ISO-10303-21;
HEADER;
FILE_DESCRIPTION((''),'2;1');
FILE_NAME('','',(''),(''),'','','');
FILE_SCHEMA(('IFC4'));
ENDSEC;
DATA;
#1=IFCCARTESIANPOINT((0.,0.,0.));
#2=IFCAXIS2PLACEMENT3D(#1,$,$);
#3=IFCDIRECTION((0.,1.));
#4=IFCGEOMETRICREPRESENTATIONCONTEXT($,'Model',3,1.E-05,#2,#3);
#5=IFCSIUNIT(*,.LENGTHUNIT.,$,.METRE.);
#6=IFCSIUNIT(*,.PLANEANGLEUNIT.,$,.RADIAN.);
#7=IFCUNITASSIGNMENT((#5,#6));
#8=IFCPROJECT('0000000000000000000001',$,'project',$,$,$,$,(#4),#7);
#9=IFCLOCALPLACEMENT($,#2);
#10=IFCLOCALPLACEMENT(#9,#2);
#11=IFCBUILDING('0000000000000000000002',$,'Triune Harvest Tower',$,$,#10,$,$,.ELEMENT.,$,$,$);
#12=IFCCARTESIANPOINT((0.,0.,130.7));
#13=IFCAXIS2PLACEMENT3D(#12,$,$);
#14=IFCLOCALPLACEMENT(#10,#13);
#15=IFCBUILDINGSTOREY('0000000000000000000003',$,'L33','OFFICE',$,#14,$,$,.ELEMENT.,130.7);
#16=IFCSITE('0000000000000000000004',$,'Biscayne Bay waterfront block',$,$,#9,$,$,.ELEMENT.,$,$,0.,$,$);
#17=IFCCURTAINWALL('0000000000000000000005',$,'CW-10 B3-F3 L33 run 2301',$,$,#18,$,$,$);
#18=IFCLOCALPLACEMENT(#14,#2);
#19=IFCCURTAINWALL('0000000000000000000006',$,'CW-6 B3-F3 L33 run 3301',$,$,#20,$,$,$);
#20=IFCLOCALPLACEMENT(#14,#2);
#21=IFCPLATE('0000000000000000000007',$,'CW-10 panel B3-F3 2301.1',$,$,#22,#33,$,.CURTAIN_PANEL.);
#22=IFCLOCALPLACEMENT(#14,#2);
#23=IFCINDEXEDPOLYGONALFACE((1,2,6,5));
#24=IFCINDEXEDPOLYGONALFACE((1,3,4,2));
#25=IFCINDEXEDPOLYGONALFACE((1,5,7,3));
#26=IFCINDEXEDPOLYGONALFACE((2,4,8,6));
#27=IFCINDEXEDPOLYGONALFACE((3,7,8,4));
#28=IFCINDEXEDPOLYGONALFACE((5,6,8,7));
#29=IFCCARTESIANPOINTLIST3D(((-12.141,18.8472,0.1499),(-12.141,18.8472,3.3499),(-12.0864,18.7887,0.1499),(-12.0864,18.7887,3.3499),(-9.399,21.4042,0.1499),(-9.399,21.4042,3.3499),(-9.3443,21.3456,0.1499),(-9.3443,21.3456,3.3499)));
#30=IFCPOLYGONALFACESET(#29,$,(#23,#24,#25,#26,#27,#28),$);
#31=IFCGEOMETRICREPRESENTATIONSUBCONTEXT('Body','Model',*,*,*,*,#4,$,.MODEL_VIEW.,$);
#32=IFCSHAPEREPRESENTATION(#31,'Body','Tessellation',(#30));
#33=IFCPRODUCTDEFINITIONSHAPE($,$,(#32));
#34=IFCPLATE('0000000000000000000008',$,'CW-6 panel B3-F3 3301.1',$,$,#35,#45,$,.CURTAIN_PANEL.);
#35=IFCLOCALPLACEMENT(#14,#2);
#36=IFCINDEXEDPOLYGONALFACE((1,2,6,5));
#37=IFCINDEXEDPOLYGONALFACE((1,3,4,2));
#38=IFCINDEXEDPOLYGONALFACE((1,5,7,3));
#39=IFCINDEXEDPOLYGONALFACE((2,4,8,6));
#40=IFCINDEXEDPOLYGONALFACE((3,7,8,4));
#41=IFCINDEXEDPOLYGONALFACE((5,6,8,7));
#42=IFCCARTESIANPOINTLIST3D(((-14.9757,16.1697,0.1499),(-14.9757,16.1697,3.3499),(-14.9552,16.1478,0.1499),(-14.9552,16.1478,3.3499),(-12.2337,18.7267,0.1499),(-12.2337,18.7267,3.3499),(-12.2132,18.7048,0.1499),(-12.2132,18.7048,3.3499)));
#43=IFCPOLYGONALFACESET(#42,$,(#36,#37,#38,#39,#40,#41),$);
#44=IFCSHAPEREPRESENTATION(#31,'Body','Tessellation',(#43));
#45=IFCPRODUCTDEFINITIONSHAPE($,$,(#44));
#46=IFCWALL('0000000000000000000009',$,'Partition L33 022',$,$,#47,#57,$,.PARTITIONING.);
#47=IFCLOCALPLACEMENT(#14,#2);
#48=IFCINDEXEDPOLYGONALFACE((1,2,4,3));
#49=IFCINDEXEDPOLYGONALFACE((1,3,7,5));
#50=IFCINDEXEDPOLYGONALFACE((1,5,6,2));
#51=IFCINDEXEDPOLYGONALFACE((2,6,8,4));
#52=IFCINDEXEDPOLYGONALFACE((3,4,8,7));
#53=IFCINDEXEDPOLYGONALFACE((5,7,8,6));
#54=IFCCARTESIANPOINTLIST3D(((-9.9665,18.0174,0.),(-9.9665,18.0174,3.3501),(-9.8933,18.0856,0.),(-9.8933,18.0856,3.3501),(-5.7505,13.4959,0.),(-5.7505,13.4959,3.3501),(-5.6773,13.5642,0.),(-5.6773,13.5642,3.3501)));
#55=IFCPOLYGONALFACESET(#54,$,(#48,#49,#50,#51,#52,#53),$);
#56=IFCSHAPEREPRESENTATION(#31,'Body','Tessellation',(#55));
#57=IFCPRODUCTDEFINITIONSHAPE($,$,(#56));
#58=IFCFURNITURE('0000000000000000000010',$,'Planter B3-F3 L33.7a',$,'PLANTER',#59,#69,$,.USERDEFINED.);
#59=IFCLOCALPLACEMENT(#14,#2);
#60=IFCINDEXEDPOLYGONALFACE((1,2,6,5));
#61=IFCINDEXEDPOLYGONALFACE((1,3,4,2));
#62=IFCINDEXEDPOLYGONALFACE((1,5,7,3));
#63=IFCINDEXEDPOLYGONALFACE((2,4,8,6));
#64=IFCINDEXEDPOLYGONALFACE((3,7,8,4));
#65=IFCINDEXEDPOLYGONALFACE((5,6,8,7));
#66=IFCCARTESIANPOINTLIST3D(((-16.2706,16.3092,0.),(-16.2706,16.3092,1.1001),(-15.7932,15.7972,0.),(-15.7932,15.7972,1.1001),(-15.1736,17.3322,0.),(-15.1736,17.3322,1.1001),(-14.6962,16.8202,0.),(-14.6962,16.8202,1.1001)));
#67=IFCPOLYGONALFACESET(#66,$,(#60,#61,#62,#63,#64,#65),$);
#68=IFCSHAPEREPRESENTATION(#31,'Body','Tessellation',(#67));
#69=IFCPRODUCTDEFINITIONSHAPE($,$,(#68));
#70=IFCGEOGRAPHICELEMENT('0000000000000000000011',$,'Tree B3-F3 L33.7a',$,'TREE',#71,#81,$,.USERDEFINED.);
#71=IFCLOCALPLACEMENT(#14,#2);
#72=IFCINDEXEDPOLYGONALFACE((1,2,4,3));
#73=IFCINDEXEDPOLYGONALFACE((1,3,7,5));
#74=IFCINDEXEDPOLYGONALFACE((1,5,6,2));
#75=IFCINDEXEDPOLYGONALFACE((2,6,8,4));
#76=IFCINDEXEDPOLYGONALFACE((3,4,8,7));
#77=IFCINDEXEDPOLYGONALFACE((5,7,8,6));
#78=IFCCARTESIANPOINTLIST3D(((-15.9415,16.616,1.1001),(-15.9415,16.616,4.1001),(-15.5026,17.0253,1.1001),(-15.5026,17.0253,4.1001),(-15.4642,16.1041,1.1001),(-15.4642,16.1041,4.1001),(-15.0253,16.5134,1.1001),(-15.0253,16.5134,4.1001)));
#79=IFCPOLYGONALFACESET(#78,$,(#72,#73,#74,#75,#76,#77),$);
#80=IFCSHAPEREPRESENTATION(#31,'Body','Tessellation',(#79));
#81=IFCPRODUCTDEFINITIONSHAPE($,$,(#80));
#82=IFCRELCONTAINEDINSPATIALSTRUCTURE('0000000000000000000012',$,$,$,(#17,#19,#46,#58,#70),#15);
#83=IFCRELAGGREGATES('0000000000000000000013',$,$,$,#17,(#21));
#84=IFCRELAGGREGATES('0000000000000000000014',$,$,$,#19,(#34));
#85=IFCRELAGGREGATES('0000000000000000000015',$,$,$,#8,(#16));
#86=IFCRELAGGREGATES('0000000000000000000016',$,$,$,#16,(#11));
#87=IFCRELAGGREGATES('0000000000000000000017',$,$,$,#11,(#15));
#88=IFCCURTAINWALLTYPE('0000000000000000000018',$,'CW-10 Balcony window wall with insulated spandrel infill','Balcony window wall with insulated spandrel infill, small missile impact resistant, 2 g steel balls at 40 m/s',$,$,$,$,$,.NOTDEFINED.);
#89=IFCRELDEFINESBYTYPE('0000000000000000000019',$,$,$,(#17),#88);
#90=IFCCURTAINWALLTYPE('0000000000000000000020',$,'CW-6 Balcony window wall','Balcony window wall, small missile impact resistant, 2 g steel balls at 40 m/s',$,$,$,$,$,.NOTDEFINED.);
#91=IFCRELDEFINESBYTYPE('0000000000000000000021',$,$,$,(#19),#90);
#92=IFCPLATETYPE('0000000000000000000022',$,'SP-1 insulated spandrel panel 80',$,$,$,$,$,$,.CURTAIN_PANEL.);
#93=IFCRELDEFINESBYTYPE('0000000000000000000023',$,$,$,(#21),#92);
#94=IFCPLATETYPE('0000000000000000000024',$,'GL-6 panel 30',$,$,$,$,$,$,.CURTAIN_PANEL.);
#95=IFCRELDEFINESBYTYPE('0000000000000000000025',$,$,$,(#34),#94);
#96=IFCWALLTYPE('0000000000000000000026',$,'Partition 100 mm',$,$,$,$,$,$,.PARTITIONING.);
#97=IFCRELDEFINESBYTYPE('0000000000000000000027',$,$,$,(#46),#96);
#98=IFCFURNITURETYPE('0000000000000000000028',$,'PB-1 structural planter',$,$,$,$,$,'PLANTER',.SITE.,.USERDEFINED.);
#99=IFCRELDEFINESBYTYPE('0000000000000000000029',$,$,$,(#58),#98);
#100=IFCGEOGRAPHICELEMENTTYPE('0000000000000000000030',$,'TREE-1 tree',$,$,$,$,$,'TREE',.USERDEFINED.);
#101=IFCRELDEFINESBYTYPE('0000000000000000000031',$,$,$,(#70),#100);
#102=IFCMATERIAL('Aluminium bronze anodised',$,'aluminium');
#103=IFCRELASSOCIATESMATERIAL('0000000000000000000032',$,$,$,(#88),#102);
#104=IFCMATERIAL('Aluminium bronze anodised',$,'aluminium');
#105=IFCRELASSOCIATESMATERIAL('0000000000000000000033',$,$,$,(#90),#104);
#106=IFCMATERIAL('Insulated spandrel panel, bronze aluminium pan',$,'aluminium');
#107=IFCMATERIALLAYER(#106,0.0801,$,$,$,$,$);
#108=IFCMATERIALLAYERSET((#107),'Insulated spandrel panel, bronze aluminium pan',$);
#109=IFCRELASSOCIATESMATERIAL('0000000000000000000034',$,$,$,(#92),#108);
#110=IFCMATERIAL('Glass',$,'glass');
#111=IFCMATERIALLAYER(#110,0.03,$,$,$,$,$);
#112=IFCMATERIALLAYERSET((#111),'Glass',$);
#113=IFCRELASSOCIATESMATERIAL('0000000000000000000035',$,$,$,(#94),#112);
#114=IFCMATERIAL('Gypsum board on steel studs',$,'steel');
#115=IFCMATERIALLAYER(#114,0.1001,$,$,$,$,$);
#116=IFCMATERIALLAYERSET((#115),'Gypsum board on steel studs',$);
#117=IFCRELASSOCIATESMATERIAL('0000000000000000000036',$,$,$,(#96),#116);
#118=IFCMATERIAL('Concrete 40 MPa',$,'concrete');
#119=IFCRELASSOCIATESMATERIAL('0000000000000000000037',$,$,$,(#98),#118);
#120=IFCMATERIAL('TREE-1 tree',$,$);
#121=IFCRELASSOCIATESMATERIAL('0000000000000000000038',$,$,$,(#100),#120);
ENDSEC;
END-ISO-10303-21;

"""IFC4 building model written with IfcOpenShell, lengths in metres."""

from ifc_helpers import new_model, si_unit, direction, frame, frame_2d, origin, origin_2d, place, context, subcontext, project, spatial, rectangle, extrude, source, transform, mapped, material, layer, layer_set, type_object, element, aggregate, save


model = new_model("IFC4")

# Units and contexts
model_context = context("Model", 3, precision=1e-05, world=origin(), true_north=direction((0.0, 1.0)))
body_context = subcontext(model_context, "Body", "Model", "MODEL_VIEW")
ifc_project = project(units=[si_unit("LENGTHUNIT", "METRE"), si_unit("PLANEANGLEUNIT", "RADIAN")], contexts=[model_context])

# Site, building, storey
site_placement = place(None, origin())
site = spatial("IfcSite", under=ifc_project, at=site_placement, Name="Biscayne Bay waterfront block", CompositionType="ELEMENT", RefElevation=0.0)
building_placement = place(site_placement, origin())
building = spatial("IfcBuilding", under=site, at=building_placement, Name="Triune Harvest Tower", CompositionType="ELEMENT")
storey_placement = place(building_placement, frame((0.0, 0.0, 130.7)))
storey = spatial("IfcBuildingStorey", under=building, at=storey_placement, Name="L33", Description="OFFICE", CompositionType="ELEMENT", Elevation=130.7)

# Curtain wall
ifc_material_1 = material(Name="Aluminium bronze anodised", Category="aluminium")
curtain_wall_type_1 = type_object("IfcCurtainWallType", Name="CW-10 Balcony window wall with insulated spandrel infill", Description="Balcony window wall with insulated spandrel infill, small missile impact resistant, 2 g steel balls at 40 m/s", PredefinedType="NOTDEFINED", material=ifc_material_1)
curtain_wall_1_placement = place(storey_placement, origin())
curtain_wall_1 = element("IfcCurtainWall", 1, at=curtain_wall_1_placement, inside=storey, type_object=curtain_wall_type_1, Name="CW-10 B3-F3 L33 run 2301")

# Curtain wall
ifc_material_2 = material(Name="Aluminium bronze anodised", Category="aluminium")
curtain_wall_type_2 = type_object("IfcCurtainWallType", Name="CW-6 Balcony window wall", Description="Balcony window wall, small missile impact resistant, 2 g steel balls at 40 m/s", PredefinedType="NOTDEFINED", material=ifc_material_2)
curtain_wall_2_placement = place(storey_placement, origin())
curtain_wall_2 = element("IfcCurtainWall", 2, at=curtain_wall_2_placement, inside=storey, type_object=curtain_wall_type_2, Name="CW-6 B3-F3 L33 run 3301")

# Plates
ifc_material_3 = material(Name="Insulated spandrel panel, bronze aluminium pan", Category="aluminium")
ifc_layer_1 = layer(ifc_material_3, 0.0801)
ifc_layer_set_1 = layer_set([ifc_layer_1], Name="Insulated spandrel panel, bronze aluminium pan")
plate_type_1 = type_object("IfcPlateType", Name="SP-1 insulated spandrel panel 80", PredefinedType="CURTAIN_PANEL", material=ifc_layer_set_1)
plate_1_placement = place(storey_placement, frame((-10.7427, 20.0964, 0.1499), z_axis=(0.0, 0.0, 1.0), x_axis=(-0.73136, -0.681992, 0.0)))
plate_1 = element("IfcPlate", 3, at=plate_1_placement, type_object=plate_type_1, Name="CW-10 panel B3-F3 2301.1", PredefinedType="CURTAIN_PANEL", context=body_context, shape_type="SweptSolid", body=[
    extrude(rectangle(XDim=3.7493, YDim=0.0801, at=origin_2d()), origin(), (0.0, 0.0, 1.0), 3.2),
])
aggregate(curtain_wall_1, [plate_1])
ifc_material_4 = material(Name="Glass", Category="glass")
ifc_layer_2 = layer(ifc_material_4, 0.03)
ifc_layer_set_2 = layer_set([ifc_layer_2], Name="Glass")
plate_type_2 = type_object("IfcPlateType", Name="GL-6 panel 30", PredefinedType="CURTAIN_PANEL", material=ifc_layer_set_2)
shared_shape_1 = source(origin(), body_context, "Body", "SweptSolid", [
    extrude(rectangle(XDim=3.7493, YDim=0.03, at=origin_2d()), origin(), (0.0, 0.0, 1.0), 3.2),
])
plate_2_placement = place(storey_placement, frame((-13.5945, 17.4373, 0.1499), z_axis=(0.0, 0.0, 1.0), x_axis=(-0.731347, -0.682006, 0.0)))
plate_2 = element("IfcPlate", 4, at=plate_2_placement, type_object=plate_type_2, Name="CW-6 panel B3-F3 3301.1", PredefinedType="CURTAIN_PANEL", context=body_context, shape_type="MappedRepresentation", body=[
    mapped(shared_shape_1, transform((0.0, 0.0, 0.0), scale=1.0)),
])
aggregate(curtain_wall_2, [plate_2])

# Wall
ifc_material_5 = material(Name="Gypsum board on steel studs", Category="steel")
ifc_layer_3 = layer(ifc_material_5, 0.1001)
ifc_layer_set_3 = layer_set([ifc_layer_3], Name="Gypsum board on steel studs")
wall_type = type_object("IfcWallType", Name="Partition 100 mm", PredefinedType="PARTITIONING", material=ifc_layer_set_3)
wall_placement = place(storey_placement, frame((-9.9299, 18.0515, 0.0), z_axis=(0.0, 0.0, 1.0), x_axis=(0.681973, -0.731377, 0.0)))
element("IfcWall", 5, at=wall_placement, inside=storey, type_object=wall_type, Name="Partition L33 022", PredefinedType="PARTITIONING", context=body_context, shape_type="SweptSolid", body=[
    extrude(rectangle(XDim=6.1821, YDim=0.1001, at=frame_2d((3.0911, 0.0))), origin(), (0.0, 0.0, 1.0), 3.3501),
])

# Furniture
ifc_material_6 = material(Name="Concrete 40 MPa", Category="concrete")
furniture_type = type_object("IfcFurnitureType", Name="PB-1 structural planter", ElementType="PLANTER", AssemblyPlace="SITE", PredefinedType="USERDEFINED", material=ifc_material_6)
shared_shape_2 = source(origin(), body_context, "Body", "SweptSolid", [
    extrude(rectangle(XDim=1.5, YDim=0.7, at=origin_2d()), origin(), (0.0, 0.0, 1.0), 1.1001),
])
furniture_placement = place(storey_placement, frame((-15.4834, 16.5647, 0.0), z_axis=(0.0, 0.0, 1.0), x_axis=(-0.731353, -0.681999, 0.0)))
element("IfcFurniture", 6, at=furniture_placement, inside=storey, type_object=furniture_type, Name="Planter B3-F3 L33.7a", ObjectType="PLANTER", PredefinedType="USERDEFINED", context=body_context, shape_type="MappedRepresentation", body=[
    mapped(shared_shape_2, transform((0.0, 0.0, 0.0), scale=1.0)),
])

# Geographic element
ifc_material_7 = material(Name="TREE-1 tree")
geographic_element_type = type_object("IfcGeographicElementType", Name="TREE-1 tree", ElementType="TREE", PredefinedType="USERDEFINED", material=ifc_material_7)
shared_shape_3 = source(origin(), body_context, "Body", "SweptSolid", [
    extrude(rectangle(XDim=0.6001, YDim=0.7, at=origin_2d()), origin(), (0.0, 0.0, 1.0), 3.0),
])
geographic_element_placement = place(storey_placement, frame((-15.4834, 16.5647, 1.1001), z_axis=(0.0, 0.0, 1.0), x_axis=(-0.731353, -0.681999, 0.0)))
element("IfcGeographicElement", 7, at=geographic_element_placement, inside=storey, type_object=geographic_element_type, Name="Tree B3-F3 L33.7a", ObjectType="TREE", PredefinedType="USERDEFINED", context=body_context, shape_type="MappedRepresentation", body=[
    mapped(shared_shape_3, transform((0.0, 0.0, 0.0), scale=1.0)),
])

save(model, "model.ifc")
